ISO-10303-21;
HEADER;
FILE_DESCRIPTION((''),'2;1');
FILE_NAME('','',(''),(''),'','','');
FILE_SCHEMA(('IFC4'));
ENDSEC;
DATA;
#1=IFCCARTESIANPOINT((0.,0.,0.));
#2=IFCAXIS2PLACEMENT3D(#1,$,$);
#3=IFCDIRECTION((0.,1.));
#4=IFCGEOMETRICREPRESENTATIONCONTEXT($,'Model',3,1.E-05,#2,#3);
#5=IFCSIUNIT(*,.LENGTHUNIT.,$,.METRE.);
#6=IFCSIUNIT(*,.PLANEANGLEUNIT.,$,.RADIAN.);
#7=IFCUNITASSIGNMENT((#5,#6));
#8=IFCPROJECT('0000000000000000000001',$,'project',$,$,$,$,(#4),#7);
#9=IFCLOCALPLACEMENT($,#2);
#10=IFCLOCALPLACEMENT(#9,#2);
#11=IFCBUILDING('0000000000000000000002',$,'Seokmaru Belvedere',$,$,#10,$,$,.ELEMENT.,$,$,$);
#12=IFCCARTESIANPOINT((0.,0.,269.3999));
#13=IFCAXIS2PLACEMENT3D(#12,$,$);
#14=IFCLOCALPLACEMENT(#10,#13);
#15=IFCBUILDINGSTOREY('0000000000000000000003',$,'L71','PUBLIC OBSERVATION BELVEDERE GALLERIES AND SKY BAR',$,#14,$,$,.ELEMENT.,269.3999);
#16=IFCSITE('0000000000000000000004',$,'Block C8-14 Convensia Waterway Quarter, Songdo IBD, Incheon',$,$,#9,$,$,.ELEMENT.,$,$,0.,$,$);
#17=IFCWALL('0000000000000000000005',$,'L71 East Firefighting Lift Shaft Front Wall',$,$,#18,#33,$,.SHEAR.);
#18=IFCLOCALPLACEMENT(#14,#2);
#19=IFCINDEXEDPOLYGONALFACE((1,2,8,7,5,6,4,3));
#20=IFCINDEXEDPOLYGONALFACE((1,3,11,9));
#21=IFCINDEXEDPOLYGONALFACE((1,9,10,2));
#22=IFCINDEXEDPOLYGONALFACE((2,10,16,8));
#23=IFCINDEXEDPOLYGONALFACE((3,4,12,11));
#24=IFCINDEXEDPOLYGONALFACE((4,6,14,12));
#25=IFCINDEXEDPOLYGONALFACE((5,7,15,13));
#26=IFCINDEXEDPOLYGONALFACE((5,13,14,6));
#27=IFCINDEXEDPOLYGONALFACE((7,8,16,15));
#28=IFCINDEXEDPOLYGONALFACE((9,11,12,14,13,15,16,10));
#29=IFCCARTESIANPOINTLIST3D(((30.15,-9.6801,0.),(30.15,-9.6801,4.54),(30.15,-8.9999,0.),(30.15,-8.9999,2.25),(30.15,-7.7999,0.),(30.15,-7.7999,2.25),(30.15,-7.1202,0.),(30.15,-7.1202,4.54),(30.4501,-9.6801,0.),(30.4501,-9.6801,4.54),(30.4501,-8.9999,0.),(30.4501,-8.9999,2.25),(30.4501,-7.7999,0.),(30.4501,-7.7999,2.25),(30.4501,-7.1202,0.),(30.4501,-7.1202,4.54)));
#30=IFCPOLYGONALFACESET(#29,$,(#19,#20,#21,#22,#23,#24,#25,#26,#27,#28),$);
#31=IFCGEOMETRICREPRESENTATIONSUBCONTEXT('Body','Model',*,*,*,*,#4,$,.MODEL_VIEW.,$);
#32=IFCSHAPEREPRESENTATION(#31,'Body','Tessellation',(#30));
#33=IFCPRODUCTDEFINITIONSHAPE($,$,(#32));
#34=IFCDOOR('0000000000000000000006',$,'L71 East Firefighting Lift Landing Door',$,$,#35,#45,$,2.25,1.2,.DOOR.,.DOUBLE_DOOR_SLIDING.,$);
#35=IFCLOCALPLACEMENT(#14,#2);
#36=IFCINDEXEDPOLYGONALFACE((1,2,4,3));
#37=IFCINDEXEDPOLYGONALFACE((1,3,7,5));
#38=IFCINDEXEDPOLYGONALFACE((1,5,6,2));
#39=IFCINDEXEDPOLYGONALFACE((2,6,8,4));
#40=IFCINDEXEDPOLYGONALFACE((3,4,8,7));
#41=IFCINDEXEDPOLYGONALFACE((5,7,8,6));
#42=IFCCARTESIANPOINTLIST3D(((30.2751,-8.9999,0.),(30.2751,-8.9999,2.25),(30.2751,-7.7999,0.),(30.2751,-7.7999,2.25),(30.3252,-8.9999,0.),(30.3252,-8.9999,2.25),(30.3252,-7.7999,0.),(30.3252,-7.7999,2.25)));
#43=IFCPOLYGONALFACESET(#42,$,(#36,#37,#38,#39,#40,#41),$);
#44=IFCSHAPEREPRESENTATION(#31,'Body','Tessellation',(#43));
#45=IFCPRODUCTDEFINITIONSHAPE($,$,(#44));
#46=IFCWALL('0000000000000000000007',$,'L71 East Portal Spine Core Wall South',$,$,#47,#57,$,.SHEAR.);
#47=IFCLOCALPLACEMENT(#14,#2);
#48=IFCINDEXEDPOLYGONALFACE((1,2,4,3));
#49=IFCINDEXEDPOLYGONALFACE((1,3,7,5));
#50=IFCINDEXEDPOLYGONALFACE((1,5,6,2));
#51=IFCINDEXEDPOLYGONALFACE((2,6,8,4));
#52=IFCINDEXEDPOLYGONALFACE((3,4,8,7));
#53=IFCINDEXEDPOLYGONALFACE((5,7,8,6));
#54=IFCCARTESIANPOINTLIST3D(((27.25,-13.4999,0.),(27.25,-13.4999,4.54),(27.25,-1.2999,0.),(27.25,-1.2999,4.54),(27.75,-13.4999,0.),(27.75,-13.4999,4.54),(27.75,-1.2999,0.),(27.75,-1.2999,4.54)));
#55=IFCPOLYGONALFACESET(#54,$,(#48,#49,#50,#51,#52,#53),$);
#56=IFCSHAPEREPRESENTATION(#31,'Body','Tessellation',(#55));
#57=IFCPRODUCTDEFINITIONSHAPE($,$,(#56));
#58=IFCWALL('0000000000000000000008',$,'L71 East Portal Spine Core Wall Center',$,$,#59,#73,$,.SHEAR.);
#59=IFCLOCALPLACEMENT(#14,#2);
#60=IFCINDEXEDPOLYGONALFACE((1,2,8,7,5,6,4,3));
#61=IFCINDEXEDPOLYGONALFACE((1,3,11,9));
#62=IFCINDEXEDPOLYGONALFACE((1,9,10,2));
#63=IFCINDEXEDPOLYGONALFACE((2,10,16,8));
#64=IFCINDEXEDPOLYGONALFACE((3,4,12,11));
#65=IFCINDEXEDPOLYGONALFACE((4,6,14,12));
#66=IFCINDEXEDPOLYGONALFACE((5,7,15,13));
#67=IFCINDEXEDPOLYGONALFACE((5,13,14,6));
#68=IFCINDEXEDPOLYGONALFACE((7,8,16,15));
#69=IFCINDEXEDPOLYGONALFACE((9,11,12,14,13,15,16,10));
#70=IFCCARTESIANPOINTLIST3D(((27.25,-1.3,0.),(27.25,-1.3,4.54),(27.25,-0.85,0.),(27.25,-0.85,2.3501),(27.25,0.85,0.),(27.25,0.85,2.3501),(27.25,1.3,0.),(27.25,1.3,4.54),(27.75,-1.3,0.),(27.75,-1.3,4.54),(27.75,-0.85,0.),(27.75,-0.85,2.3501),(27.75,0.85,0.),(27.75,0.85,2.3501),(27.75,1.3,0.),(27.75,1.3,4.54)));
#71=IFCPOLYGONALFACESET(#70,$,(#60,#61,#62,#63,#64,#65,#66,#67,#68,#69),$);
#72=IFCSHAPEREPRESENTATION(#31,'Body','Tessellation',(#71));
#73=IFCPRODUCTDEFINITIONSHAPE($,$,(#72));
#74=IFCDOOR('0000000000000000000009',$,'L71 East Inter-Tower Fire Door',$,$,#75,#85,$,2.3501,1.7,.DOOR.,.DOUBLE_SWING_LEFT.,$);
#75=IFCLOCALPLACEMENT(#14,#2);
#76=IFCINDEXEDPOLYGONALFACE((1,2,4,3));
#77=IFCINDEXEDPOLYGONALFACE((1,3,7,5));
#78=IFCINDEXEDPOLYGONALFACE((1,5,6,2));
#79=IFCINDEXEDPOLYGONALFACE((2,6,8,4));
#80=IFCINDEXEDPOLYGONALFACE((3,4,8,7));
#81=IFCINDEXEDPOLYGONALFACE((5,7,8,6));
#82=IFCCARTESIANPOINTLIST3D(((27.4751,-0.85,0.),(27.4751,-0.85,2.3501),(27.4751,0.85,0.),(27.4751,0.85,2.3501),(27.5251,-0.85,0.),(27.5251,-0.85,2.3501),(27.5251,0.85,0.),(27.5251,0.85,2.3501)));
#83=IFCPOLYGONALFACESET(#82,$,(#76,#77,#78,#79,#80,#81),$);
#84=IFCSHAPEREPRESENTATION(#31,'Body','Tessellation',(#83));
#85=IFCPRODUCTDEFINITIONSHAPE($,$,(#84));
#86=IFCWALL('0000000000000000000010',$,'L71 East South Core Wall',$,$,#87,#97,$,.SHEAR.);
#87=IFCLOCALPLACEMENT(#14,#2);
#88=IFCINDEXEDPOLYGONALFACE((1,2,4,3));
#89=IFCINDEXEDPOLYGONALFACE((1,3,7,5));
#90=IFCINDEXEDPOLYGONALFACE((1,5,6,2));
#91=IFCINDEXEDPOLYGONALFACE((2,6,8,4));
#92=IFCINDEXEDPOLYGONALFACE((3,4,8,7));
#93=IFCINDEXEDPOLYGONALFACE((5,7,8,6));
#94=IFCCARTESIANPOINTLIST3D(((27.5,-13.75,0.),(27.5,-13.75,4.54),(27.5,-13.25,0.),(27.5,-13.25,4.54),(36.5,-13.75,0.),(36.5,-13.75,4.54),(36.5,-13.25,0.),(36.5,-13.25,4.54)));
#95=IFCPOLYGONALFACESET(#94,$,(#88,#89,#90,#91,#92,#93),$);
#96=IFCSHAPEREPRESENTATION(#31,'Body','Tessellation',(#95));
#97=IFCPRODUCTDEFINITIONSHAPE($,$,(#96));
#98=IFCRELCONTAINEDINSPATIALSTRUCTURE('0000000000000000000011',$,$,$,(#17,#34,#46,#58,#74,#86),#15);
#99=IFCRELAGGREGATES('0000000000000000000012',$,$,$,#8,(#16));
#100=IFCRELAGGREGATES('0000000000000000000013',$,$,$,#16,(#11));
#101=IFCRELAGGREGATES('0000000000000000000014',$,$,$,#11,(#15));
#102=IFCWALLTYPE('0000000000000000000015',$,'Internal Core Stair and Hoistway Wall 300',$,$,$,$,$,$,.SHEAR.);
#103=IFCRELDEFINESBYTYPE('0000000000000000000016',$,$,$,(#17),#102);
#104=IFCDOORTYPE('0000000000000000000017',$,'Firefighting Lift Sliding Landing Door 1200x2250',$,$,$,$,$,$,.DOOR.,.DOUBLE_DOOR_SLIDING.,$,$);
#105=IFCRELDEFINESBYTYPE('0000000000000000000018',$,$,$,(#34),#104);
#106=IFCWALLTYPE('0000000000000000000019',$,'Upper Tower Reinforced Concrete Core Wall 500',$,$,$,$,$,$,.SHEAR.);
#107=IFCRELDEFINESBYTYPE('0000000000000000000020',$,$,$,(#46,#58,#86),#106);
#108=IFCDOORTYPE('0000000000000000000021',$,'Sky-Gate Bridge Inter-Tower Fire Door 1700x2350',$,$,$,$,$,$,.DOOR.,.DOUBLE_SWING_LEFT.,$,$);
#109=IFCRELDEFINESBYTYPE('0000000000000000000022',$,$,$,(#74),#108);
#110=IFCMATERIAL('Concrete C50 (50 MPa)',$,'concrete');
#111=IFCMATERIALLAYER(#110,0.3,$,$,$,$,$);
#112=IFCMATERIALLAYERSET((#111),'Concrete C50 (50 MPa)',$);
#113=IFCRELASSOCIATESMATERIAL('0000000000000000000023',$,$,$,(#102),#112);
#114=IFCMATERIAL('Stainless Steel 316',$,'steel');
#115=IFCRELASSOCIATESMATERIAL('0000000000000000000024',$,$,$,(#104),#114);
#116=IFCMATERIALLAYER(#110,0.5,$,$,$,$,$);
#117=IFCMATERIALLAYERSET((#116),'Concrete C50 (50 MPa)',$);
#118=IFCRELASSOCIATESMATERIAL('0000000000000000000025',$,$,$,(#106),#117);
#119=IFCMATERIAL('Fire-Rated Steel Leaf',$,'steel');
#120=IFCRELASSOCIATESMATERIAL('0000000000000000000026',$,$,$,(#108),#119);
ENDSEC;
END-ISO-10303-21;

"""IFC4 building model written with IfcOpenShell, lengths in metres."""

from ifc_helpers import new_model, si_unit, direction, frame, frame_2d, origin, place, context, subcontext, project, spatial, rectangle, extrude, source, transform, mapped, material, layer, layer_set, type_object, type_shapes, element, fill, save


model = new_model("IFC4")

# Units and contexts
model_context = context("Model", 3, precision=1e-05, world=origin(), true_north=direction((0.0, 1.0)))
body_context = subcontext(model_context, "Body", "Model", "MODEL_VIEW")
ifc_project = project(units=[si_unit("LENGTHUNIT", "METRE"), si_unit("PLANEANGLEUNIT", "RADIAN")], contexts=[model_context])

# Site, building, storey
site_placement = place(None, origin())
site = spatial("IfcSite", under=ifc_project, at=site_placement, Name="Block C8-14 Convensia Waterway Quarter, Songdo IBD, Incheon", CompositionType="ELEMENT", RefElevation=0.0)
building_placement = place(site_placement, origin())
building = spatial("IfcBuilding", under=site, at=building_placement, Name="Seokmaru Belvedere", CompositionType="ELEMENT")
storey_placement = place(building_placement, frame((0.0, 0.0, 269.3999)))
storey = spatial("IfcBuildingStorey", under=building, at=storey_placement, Name="L71", Description="PUBLIC OBSERVATION BELVEDERE GALLERIES AND SKY BAR", CompositionType="ELEMENT", Elevation=269.3999)

# Shared definitions
ifc_material_1 = material(Name="Fire-Rated Steel Leaf", Category="steel")

# Shared definitions
ifc_material_2 = material(Name="Concrete C50 (50 MPa)", Category="concrete")

# Wall, opening, door
ifc_layer_1 = layer(ifc_material_2, 0.3)
ifc_layer_set_1 = layer_set([ifc_layer_1], Name="Concrete C50 (50 MPa)")
wall_type_1 = type_object("IfcWallType", Name="Internal Core Stair and Hoistway Wall 300", PredefinedType="SHEAR", material=ifc_layer_set_1)
wall_1_placement = place(storey_placement, frame((30.3, -9.6799, 0.0), z_axis=(0.0, 0.0, 1.0), x_axis=(0.0, 1.0, 0.0)))
wall_1 = element("IfcWall", 1, at=wall_1_placement, inside=storey, type_object=wall_type_1, Name="L71 East Firefighting Lift Shaft Front Wall", PredefinedType="SHEAR", context=body_context, shape_type="SweptSolid", body=[
    extrude(rectangle(XDim=2.5598, YDim=0.3, at=frame_2d((1.2798, 0.0))), origin(), (0.0, 0.0, 1.0), 4.54),
])
opening_1_placement = place(wall_1_placement, frame((0.6799, 0.0, 0.0)))
opening_1 = element("IfcOpeningElement", 2, at=opening_1_placement, cuts=wall_1, PredefinedType="OPENING", context=body_context, shape_type="SweptSolid", body=[
    extrude(rectangle(XDim=1.2, YDim=2.25, at=frame_2d((0.6001, 1.125))), frame((0.0, 0.1602, 0.0), z_axis=(0.0, -1.0, 0.0), x_axis=(1.0, 0.0, 0.0)), (0.0, 0.0, 1.0), 0.3201),
])
ifc_material_3 = material(Name="Stainless Steel 316", Category="steel")
door_type_1 = type_object("IfcDoorType", Name="Firefighting Lift Sliding Landing Door 1200x2250", OperationType="DOUBLE_DOOR_SLIDING", PredefinedType="DOOR", material=ifc_material_3)
shared_shape_1 = source(origin(), body_context, "Body", "SweptSolid", [
    extrude(rectangle(XDim=1.2, YDim=2.25, at=frame_2d((0.6001, 1.125))), frame((0.0, 0.0249, 0.0), z_axis=(0.0, -1.0, 0.0), x_axis=(1.0, 0.0, 0.0)), (0.0, 0.0, 1.0), 0.05),
])
type_shapes(door_type_1, [shared_shape_1])
door_1_placement = place(opening_1_placement, origin())
door_1 = element("IfcDoor", 3, at=door_1_placement, inside=storey, type_object=door_type_1, Name="L71 East Firefighting Lift Landing Door", OperationType="DOUBLE_DOOR_SLIDING", OverallHeight=2.25, OverallWidth=1.2, PredefinedType="DOOR", context=body_context, shape_type="MappedRepresentation", body=[
    mapped(shared_shape_1, transform((0.0, 0.0, 0.0), scale=1.0)),
])
fill(opening_1, door_1)

# Wall
ifc_layer_2 = layer(ifc_material_2, 0.5)
ifc_layer_set_2 = layer_set([ifc_layer_2], Name="Concrete C50 (50 MPa)")
wall_type_2 = type_object("IfcWallType", Name="Upper Tower Reinforced Concrete Core Wall 500", PredefinedType="SHEAR", material=ifc_layer_set_2)
wall_2_placement = place(storey_placement, frame((27.5, -13.5, 0.0), z_axis=(0.0, 0.0, 1.0), x_axis=(0.0, 1.0, 0.0)))
element("IfcWall", 4, at=wall_2_placement, inside=storey, type_object=wall_type_2, Name="L71 East Portal Spine Core Wall South", PredefinedType="SHEAR", context=body_context, shape_type="SweptSolid", body=[
    extrude(rectangle(XDim=12.2, YDim=0.5, at=frame_2d((6.1001, 0.0))), origin(), (0.0, 0.0, 1.0), 4.54),
])

# Wall, opening, door
wall_3_placement = place(storey_placement, frame((27.5, -1.3, 0.0), z_axis=(0.0, 0.0, 1.0), x_axis=(0.0, 1.0, 0.0)))
wall_3 = element("IfcWall", 5, at=wall_3_placement, inside=storey, type_object=wall_type_2, Name="L71 East Portal Spine Core Wall Center", PredefinedType="SHEAR", context=body_context, shape_type="SweptSolid", body=[
    extrude(rectangle(XDim=2.6001, YDim=0.5, at=frame_2d((1.3, 0.0))), origin(), (0.0, 0.0, 1.0), 4.54),
])
opening_2_placement = place(wall_3_placement, frame((0.45, 0.0, 0.0)))
opening_2 = element("IfcOpeningElement", 6, at=opening_2_placement, cuts=wall_3, PredefinedType="OPENING", context=body_context, shape_type="SweptSolid", body=[
    extrude(rectangle(XDim=1.7, YDim=2.3501, at=frame_2d((0.8501, 1.175))), frame((0.0, 0.26, 0.0), z_axis=(0.0, -1.0, 0.0), x_axis=(1.0, 0.0, 0.0)), (0.0, 0.0, 1.0), 0.52),
])
door_type_2 = type_object("IfcDoorType", Name="Sky-Gate Bridge Inter-Tower Fire Door 1700x2350", OperationType="DOUBLE_SWING_LEFT", PredefinedType="DOOR", material=ifc_material_1)
shared_shape_2 = source(origin(), body_context, "Body", "SweptSolid", [
    extrude(rectangle(XDim=1.7, YDim=2.3501, at=frame_2d((0.8501, 1.175))), frame((0.0, 0.0249, 0.0), z_axis=(0.0, -1.0, 0.0), x_axis=(1.0, 0.0, 0.0)), (0.0, 0.0, 1.0), 0.05),
])
type_shapes(door_type_2, [shared_shape_2])
door_2_placement = place(opening_2_placement, origin())
door_2 = element("IfcDoor", 7, at=door_2_placement, inside=storey, type_object=door_type_2, Name="L71 East Inter-Tower Fire Door", OperationType="DOUBLE_SWING_LEFT", OverallHeight=2.3501, OverallWidth=1.7, PredefinedType="DOOR", context=body_context, shape_type="MappedRepresentation", body=[
    mapped(shared_shape_2, transform((0.0, 0.0, 0.0), scale=1.0)),
])
fill(opening_2, door_2)

# Wall
wall_4_placement = place(storey_placement, frame((27.5, -13.5, 0.0), z_axis=(0.0, 0.0, 1.0), x_axis=(1.0, 0.0, 0.0)))
element("IfcWall", 8, at=wall_4_placement, inside=storey, type_object=wall_type_2, Name="L71 East South Core Wall", PredefinedType="SHEAR", context=body_context, shape_type="SweptSolid", body=[
    extrude(rectangle(XDim=9.0, YDim=0.5, at=frame_2d((4.5, 0.0))), origin(), (0.0, 0.0, 1.0), 4.54),
])

save(model, "model.ifc")
